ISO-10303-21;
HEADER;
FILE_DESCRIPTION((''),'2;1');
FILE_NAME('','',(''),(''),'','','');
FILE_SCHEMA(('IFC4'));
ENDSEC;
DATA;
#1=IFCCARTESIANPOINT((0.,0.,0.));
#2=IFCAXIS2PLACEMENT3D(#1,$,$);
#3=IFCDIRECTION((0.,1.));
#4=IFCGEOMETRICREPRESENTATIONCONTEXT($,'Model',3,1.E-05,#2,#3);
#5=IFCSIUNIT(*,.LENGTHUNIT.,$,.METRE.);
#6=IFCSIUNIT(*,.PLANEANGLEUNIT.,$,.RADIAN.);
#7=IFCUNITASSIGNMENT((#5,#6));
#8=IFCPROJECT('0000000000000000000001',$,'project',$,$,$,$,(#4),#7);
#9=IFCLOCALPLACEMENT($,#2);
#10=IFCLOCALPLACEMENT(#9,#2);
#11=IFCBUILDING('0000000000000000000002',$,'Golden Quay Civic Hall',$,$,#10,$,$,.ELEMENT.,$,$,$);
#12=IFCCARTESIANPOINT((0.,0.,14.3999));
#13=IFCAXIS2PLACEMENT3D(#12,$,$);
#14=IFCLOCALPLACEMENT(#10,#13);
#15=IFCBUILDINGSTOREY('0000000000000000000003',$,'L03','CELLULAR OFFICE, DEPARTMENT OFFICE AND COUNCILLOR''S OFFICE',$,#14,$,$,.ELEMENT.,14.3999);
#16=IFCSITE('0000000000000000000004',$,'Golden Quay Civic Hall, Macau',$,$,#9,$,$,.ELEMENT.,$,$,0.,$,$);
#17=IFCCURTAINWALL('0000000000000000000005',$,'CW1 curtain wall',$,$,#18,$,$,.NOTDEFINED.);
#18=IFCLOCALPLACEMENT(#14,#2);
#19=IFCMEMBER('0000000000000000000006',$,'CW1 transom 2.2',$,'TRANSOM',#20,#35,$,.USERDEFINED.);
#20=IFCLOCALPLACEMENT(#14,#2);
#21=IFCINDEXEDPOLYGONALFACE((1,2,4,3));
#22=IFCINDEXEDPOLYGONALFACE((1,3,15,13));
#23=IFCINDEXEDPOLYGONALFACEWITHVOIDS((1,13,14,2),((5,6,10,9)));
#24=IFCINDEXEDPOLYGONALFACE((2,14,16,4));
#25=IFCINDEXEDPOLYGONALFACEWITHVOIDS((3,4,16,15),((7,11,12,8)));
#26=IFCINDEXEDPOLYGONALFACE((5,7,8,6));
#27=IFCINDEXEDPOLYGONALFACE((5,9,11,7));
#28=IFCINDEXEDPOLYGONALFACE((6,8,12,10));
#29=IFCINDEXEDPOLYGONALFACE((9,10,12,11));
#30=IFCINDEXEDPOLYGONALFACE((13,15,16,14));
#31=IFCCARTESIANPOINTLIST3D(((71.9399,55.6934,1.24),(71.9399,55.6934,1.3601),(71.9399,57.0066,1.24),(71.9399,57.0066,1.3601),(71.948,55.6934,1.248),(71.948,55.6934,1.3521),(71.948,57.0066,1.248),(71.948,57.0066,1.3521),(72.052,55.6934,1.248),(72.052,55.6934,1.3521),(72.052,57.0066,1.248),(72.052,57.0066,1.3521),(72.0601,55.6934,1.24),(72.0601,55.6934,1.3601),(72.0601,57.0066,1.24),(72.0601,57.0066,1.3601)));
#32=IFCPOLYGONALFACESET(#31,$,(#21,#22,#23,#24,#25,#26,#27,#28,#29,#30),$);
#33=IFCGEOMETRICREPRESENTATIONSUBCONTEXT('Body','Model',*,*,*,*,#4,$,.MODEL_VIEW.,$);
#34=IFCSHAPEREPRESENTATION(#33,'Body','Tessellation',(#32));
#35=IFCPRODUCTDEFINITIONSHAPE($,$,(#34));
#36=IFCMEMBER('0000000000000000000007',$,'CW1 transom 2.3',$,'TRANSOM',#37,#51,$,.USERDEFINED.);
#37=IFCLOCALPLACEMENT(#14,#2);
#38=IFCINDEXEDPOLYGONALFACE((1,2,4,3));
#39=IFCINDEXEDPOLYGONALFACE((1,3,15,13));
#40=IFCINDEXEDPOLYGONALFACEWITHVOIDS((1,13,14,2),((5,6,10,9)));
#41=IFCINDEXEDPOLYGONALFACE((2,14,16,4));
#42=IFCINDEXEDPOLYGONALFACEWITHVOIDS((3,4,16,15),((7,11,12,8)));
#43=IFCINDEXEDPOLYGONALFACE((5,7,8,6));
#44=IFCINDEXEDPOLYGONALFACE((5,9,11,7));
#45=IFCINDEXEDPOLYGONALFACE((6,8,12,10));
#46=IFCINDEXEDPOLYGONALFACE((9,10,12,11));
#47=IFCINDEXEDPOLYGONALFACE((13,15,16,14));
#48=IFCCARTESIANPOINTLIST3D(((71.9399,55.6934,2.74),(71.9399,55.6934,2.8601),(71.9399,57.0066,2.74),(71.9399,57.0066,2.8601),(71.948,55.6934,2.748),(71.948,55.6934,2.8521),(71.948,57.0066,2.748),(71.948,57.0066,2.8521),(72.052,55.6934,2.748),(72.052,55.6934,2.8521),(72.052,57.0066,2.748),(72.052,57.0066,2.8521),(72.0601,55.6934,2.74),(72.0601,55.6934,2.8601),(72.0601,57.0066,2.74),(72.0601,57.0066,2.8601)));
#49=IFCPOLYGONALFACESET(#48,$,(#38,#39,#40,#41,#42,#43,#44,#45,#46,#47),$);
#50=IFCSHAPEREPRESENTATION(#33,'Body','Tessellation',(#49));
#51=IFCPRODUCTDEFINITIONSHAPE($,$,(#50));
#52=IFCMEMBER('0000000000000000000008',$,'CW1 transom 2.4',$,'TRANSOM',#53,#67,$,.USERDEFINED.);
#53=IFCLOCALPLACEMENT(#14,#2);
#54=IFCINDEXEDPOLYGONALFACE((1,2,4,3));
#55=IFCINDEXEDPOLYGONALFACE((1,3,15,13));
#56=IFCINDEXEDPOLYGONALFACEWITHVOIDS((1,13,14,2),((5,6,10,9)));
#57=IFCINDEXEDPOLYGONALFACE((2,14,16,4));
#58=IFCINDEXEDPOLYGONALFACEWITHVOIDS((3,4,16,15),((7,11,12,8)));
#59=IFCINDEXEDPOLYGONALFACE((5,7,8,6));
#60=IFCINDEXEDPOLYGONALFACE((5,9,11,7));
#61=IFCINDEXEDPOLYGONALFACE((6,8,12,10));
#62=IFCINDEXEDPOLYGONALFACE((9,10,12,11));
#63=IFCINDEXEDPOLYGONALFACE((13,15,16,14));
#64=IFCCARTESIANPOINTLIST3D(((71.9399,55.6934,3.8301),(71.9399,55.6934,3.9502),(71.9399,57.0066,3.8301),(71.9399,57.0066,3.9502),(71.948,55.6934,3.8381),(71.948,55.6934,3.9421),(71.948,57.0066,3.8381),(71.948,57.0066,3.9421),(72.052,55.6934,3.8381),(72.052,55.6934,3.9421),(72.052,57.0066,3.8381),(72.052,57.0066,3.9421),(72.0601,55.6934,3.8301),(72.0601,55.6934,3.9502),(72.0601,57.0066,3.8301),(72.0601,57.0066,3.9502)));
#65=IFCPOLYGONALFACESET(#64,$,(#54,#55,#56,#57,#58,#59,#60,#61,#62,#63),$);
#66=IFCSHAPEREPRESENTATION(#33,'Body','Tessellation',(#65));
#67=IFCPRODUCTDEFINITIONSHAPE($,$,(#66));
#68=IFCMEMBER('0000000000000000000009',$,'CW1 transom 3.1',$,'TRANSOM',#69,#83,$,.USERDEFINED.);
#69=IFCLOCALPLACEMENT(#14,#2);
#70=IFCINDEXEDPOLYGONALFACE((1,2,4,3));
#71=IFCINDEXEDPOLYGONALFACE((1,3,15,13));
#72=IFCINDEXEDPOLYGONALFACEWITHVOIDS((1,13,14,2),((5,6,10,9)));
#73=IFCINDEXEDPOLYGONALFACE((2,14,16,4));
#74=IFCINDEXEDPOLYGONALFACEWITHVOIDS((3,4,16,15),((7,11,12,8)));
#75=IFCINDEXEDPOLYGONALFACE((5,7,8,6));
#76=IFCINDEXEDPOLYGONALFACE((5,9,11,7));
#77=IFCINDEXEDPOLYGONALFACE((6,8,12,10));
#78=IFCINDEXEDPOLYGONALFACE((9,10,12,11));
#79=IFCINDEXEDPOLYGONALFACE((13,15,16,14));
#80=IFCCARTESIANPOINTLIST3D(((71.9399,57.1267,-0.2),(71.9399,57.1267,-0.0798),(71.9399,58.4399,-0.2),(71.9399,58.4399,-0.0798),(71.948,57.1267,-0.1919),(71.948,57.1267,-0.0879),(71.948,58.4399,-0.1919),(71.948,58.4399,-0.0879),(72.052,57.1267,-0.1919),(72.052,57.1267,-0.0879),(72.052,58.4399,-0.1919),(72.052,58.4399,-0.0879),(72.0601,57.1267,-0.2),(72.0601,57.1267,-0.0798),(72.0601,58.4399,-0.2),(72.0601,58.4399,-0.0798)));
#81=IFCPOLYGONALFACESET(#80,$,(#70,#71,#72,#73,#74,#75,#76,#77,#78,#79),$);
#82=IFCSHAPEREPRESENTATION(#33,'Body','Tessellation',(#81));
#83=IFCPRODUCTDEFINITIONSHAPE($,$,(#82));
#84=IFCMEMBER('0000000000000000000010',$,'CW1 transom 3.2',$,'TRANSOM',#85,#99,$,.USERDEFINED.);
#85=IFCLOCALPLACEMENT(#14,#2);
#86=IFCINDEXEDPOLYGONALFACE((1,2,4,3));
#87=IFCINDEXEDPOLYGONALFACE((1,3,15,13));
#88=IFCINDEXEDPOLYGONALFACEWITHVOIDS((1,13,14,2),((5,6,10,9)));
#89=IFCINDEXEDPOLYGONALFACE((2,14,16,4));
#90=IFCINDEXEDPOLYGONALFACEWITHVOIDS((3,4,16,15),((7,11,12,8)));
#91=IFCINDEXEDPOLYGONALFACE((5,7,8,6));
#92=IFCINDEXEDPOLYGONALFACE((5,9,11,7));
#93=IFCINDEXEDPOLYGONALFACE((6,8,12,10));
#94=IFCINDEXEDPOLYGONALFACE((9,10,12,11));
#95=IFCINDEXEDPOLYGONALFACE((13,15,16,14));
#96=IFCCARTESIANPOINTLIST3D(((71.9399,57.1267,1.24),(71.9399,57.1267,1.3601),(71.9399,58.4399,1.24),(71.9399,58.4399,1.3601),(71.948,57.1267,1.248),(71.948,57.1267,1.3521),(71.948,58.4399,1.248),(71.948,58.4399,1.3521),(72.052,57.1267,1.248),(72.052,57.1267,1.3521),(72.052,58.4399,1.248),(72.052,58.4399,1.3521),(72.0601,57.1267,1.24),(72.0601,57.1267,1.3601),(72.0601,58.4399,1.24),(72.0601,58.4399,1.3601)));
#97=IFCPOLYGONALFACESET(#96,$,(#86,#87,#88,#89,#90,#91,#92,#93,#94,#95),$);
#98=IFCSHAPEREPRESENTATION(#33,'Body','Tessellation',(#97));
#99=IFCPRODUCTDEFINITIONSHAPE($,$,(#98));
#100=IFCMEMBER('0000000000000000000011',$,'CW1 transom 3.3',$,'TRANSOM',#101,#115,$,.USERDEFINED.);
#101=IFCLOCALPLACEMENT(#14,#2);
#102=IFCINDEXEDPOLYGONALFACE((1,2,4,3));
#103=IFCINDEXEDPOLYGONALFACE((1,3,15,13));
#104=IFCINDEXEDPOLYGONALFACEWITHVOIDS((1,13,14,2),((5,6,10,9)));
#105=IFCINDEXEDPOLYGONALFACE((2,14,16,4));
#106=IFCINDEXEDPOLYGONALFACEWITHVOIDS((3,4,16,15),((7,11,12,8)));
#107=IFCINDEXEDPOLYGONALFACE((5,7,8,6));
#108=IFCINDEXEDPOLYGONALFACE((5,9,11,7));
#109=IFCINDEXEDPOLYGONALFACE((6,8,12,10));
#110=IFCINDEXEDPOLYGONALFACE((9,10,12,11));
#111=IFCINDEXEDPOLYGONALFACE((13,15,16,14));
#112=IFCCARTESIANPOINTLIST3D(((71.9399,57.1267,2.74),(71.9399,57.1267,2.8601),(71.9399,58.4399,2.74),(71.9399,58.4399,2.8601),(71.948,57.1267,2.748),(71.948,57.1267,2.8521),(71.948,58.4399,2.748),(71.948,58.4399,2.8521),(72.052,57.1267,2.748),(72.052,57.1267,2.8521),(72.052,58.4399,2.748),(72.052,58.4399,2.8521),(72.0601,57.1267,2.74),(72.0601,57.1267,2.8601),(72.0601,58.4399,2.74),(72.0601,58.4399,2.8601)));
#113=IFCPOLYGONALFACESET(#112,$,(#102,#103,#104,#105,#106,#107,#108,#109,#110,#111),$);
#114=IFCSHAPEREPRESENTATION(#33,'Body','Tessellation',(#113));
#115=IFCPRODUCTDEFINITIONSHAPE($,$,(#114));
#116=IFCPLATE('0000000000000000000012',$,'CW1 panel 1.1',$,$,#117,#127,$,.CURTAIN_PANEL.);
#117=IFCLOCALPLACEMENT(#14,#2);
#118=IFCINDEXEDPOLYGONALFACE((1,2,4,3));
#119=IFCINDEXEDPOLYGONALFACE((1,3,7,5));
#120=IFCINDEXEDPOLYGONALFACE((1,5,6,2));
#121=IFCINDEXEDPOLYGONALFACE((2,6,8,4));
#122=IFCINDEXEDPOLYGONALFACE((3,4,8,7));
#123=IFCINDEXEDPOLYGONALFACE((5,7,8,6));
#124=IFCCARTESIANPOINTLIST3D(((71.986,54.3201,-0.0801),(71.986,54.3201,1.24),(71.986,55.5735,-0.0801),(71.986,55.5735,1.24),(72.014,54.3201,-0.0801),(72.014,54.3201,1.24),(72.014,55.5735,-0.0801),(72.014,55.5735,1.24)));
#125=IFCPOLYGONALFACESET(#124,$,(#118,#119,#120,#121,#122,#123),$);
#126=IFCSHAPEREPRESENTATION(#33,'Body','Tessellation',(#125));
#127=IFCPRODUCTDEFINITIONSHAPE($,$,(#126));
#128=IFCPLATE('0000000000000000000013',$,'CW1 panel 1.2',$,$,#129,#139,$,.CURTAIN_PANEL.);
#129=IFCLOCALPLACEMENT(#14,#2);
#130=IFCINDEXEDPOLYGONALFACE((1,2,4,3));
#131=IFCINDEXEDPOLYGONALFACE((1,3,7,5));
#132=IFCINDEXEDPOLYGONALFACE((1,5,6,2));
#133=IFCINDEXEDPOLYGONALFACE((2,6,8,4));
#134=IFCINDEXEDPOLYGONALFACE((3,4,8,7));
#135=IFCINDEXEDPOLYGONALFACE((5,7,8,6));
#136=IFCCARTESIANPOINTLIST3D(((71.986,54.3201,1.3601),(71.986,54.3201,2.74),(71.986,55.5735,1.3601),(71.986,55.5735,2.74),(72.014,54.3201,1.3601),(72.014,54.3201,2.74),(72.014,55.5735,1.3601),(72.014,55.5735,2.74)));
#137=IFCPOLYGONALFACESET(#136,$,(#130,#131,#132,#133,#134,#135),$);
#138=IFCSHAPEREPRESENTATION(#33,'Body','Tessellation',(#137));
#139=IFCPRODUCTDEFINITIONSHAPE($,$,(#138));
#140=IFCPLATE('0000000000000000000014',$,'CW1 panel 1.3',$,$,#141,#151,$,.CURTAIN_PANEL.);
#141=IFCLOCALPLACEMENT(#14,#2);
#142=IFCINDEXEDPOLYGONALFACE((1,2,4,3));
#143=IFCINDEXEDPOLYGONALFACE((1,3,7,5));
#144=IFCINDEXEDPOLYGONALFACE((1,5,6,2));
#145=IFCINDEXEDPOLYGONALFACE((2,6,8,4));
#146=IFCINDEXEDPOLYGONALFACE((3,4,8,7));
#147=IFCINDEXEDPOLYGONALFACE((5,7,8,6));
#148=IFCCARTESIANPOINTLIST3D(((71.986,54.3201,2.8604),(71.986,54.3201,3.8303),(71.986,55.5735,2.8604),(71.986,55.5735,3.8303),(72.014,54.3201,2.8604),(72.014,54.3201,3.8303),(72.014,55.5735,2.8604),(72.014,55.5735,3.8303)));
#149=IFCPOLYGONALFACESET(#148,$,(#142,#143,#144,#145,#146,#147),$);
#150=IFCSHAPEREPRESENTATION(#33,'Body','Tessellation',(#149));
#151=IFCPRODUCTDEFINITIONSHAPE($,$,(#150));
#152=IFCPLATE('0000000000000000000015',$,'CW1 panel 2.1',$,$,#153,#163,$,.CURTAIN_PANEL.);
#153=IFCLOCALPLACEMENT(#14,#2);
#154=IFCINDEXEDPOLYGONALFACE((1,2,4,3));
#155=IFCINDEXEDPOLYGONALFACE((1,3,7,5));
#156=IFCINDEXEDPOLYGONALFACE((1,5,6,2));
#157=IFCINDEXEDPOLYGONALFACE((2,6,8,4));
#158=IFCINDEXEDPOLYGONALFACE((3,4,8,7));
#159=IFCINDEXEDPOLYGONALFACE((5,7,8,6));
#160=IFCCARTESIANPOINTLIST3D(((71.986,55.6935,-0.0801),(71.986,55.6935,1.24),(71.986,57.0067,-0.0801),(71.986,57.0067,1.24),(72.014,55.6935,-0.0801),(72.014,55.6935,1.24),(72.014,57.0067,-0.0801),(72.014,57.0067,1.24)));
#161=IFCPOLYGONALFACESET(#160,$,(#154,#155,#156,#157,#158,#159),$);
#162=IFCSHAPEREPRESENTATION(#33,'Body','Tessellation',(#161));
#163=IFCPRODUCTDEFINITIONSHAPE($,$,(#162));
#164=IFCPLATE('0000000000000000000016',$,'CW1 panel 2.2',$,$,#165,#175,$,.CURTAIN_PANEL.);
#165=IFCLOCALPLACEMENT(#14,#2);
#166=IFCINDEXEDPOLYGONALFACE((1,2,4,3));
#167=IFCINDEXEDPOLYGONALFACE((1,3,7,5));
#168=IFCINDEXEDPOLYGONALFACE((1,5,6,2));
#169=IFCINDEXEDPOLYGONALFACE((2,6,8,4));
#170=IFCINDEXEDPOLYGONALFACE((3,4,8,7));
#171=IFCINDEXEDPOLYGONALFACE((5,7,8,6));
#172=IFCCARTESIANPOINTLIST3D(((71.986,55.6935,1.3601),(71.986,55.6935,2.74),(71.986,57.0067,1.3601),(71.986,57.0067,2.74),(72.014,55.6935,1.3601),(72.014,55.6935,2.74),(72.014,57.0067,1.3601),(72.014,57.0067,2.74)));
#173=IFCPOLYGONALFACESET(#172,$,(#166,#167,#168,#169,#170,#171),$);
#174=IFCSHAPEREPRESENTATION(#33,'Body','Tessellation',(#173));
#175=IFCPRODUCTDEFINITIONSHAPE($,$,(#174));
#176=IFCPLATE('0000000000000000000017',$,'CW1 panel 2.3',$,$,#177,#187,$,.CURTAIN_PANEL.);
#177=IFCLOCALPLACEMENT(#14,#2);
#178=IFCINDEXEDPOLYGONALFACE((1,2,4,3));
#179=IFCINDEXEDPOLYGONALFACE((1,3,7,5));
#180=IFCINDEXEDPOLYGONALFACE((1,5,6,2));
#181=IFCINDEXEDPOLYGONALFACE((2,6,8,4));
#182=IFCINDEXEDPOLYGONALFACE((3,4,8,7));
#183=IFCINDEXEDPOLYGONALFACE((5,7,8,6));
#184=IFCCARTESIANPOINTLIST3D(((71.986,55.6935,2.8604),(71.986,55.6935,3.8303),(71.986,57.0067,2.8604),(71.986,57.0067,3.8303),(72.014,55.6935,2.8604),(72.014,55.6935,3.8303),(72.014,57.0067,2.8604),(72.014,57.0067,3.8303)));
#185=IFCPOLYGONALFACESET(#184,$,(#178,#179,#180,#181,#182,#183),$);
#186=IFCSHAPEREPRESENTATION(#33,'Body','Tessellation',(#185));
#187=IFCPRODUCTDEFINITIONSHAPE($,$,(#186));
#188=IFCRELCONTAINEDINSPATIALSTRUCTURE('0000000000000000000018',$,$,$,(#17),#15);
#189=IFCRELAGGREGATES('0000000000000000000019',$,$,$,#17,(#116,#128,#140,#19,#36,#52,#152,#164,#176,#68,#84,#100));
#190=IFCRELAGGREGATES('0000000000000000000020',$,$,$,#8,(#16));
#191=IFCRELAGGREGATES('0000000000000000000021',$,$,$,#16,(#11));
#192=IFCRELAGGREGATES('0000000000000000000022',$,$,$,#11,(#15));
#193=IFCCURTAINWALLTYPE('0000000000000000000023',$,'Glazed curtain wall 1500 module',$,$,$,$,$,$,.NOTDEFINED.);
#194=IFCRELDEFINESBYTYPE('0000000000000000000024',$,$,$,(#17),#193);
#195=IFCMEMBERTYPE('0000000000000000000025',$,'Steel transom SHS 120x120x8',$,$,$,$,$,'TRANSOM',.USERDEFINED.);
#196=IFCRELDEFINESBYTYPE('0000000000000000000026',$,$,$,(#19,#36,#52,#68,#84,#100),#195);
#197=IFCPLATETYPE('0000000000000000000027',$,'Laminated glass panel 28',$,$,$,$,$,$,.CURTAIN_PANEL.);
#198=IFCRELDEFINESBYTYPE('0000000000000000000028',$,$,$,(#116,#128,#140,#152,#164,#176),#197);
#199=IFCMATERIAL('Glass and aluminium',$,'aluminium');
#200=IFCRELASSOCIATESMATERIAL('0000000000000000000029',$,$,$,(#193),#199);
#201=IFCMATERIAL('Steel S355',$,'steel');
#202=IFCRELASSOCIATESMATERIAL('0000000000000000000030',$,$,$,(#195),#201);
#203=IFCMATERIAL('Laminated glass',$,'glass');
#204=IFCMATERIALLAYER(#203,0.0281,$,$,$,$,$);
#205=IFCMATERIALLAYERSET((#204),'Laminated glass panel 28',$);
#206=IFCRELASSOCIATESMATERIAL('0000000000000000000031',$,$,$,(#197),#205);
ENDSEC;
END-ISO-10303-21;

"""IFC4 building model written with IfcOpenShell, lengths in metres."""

from ifc_helpers import new_model, si_unit, direction, frame, origin, origin_2d, place, context, subcontext, project, spatial, rectangle, hollow_rectangle, extrude, material, layer, layer_set, material_profile, profile_set, type_object, element, aggregate, save


model = new_model("IFC4")

# Units and contexts
model_context = context("Model", 3, precision=1e-05, world=origin(), true_north=direction((0.0, 1.0)))
body_context = subcontext(model_context, "Body", "Model", "MODEL_VIEW")
ifc_project = project(units=[si_unit("LENGTHUNIT", "METRE"), si_unit("PLANEANGLEUNIT", "RADIAN")], contexts=[model_context])

# Site, building, storey
site_placement = place(None, origin())
site = spatial("IfcSite", under=ifc_project, at=site_placement, Name="Golden Quay Civic Hall, Macau", CompositionType="ELEMENT", RefElevation=0.0)
building_placement = place(site_placement, origin())
building = spatial("IfcBuilding", under=site, at=building_placement, Name="Golden Quay Civic Hall", CompositionType="ELEMENT")
storey_placement = place(building_placement, frame((0.0, 0.0, 14.3999)))
storey = spatial("IfcBuildingStorey", under=building, at=storey_placement, Name="L03", Description="CELLULAR OFFICE, DEPARTMENT OFFICE AND COUNCILLOR'S OFFICE", CompositionType="ELEMENT", Elevation=14.3999)

# Curtain wall, members, plates
ifc_material_1 = material(Name="Glass and aluminium", Category="aluminium")
curtain_wall_type = type_object("IfcCurtainWallType", Name="Glazed curtain wall 1500 module", PredefinedType="NOTDEFINED", material=ifc_material_1)
curtain_wall_placement = place(storey_placement, origin())
curtain_wall = element("IfcCurtainWall", 1, at=curtain_wall_placement, inside=storey, type_object=curtain_wall_type, Name="CW1 curtain wall", PredefinedType="NOTDEFINED")
ifc_material_2 = material(Name="Steel S355", Category="steel")
ifc_material_profile_1 = material_profile(ifc_material_2, hollow_rectangle(XDim=0.1201, YDim=0.1201, WallThickness=0.0081, at=origin_2d()), Name="SHS 120x120x8")
ifc_profile_set_1 = profile_set([ifc_material_profile_1], Name="Steel S355")
member_type_1 = type_object("IfcMemberType", Name="Steel transom SHS 120x120x8", ElementType="TRANSOM", PredefinedType="USERDEFINED", material=ifc_profile_set_1)
member_1_placement = place(storey_placement, frame((72.0, 55.6934, 1.3), z_axis=(0.0, 1.0, 0.0), x_axis=(-1.0, 0.0, 0.0)))
member_1 = element("IfcMember", 2, at=member_1_placement, type_object=member_type_1, Name="CW1 transom 2.2", ObjectType="TRANSOM", PredefinedType="USERDEFINED", context=body_context, shape_type="SweptSolid", body=[
    extrude(hollow_rectangle(XDim=0.1201, YDim=0.1201, WallThickness=0.0081, at=origin_2d()), origin(), (0.0, 0.0, 1.0), 1.3132),
])
member_2_placement = place(storey_placement, frame((72.0, 55.6934, 2.8), z_axis=(0.0, 1.0, 0.0), x_axis=(-1.0, 0.0, 0.0)))
member_2 = element("IfcMember", 3, at=member_2_placement, type_object=member_type_1, Name="CW1 transom 2.3", ObjectType="TRANSOM", PredefinedType="USERDEFINED", context=body_context, shape_type="SweptSolid", body=[
    extrude(hollow_rectangle(XDim=0.1201, YDim=0.1201, WallThickness=0.0081, at=origin_2d()), origin(), (0.0, 0.0, 1.0), 1.3132),
])
member_3_placement = place(storey_placement, frame((72.0, 55.6934, 3.8901), z_axis=(0.0, 1.0, 0.0), x_axis=(-1.0, 0.0, 0.0)))
member_3 = element("IfcMember", 4, at=member_3_placement, type_object=member_type_1, Name="CW1 transom 2.4", ObjectType="TRANSOM", PredefinedType="USERDEFINED", context=body_context, shape_type="SweptSolid", body=[
    extrude(hollow_rectangle(XDim=0.1201, YDim=0.1201, WallThickness=0.0081, at=origin_2d()), origin(), (0.0, 0.0, 1.0), 1.3132),
])
member_4_placement = place(storey_placement, frame((72.0, 57.1267, -0.1399), z_axis=(0.0, 1.0, 0.0), x_axis=(-1.0, 0.0, 0.0)))
member_4 = element("IfcMember", 5, at=member_4_placement, type_object=member_type_1, Name="CW1 transom 3.1", ObjectType="TRANSOM", PredefinedType="USERDEFINED", context=body_context, shape_type="SweptSolid", body=[
    extrude(hollow_rectangle(XDim=0.1201, YDim=0.1201, WallThickness=0.0081, at=origin_2d()), origin(), (0.0, 0.0, 1.0), 1.3132),
])
member_5_placement = place(storey_placement, frame((72.0, 57.1267, 1.3), z_axis=(0.0, 1.0, 0.0), x_axis=(-1.0, 0.0, 0.0)))
member_5 = element("IfcMember", 6, at=member_5_placement, type_object=member_type_1, Name="CW1 transom 3.2", ObjectType="TRANSOM", PredefinedType="USERDEFINED", context=body_context, shape_type="SweptSolid", body=[
    extrude(hollow_rectangle(XDim=0.1201, YDim=0.1201, WallThickness=0.0081, at=origin_2d()), origin(), (0.0, 0.0, 1.0), 1.3132),
])
member_6_placement = place(storey_placement, frame((72.0, 57.1267, 2.8), z_axis=(0.0, 1.0, 0.0), x_axis=(-1.0, 0.0, 0.0)))
member_6 = element("IfcMember", 7, at=member_6_placement, type_object=member_type_1, Name="CW1 transom 3.3", ObjectType="TRANSOM", PredefinedType="USERDEFINED", context=body_context, shape_type="SweptSolid", body=[
    extrude(hollow_rectangle(XDim=0.1201, YDim=0.1201, WallThickness=0.0081, at=origin_2d()), origin(), (0.0, 0.0, 1.0), 1.3132),
])
ifc_material_3 = material(Name="Laminated glass", Category="glass")
ifc_layer = layer(ifc_material_3, 0.0281)
ifc_layer_set = layer_set([ifc_layer], Name="Laminated glass panel 28")
plate_type = type_object("IfcPlateType", Name="Laminated glass panel 28", PredefinedType="CURTAIN_PANEL", material=ifc_layer_set)
plate_1_placement = place(storey_placement, frame((72.0, 54.9468, -0.0801), z_axis=(0.0, 0.0, 1.0), x_axis=(0.0, 1.0, 0.0)))
plate_1 = element("IfcPlate", 8, at=plate_1_placement, type_object=plate_type, Name="CW1 panel 1.1", PredefinedType="CURTAIN_PANEL", context=body_context, shape_type="SweptSolid", body=[
    extrude(rectangle(XDim=1.2534, YDim=0.0281, at=origin_2d()), origin(), (0.0, 0.0, 1.0), 1.3201),
])
plate_2_placement = place(storey_placement, frame((72.0, 54.9468, 1.3601), z_axis=(0.0, 0.0, 1.0), x_axis=(0.0, 1.0, 0.0)))
plate_2 = element("IfcPlate", 9, at=plate_2_placement, type_object=plate_type, Name="CW1 panel 1.2", PredefinedType="CURTAIN_PANEL", context=body_context, shape_type="SweptSolid", body=[
    extrude(rectangle(XDim=1.2534, YDim=0.0281, at=origin_2d()), origin(), (0.0, 0.0, 1.0), 1.3799),
])
plate_3_placement = place(storey_placement, frame((72.0, 54.9468, 2.8604), z_axis=(0.0, 0.0, 1.0), x_axis=(0.0, 1.0, 0.0)))
plate_3 = element("IfcPlate", 10, at=plate_3_placement, type_object=plate_type, Name="CW1 panel 1.3", PredefinedType="CURTAIN_PANEL", context=body_context, shape_type="SweptSolid", body=[
    extrude(rectangle(XDim=1.2534, YDim=0.0281, at=origin_2d()), origin(), (0.0, 0.0, 1.0), 0.97),
])
plate_4_placement = place(storey_placement, frame((72.0, 56.3501, -0.0801), z_axis=(0.0, 0.0, 1.0), x_axis=(0.0, 1.0, 0.0)))
plate_4 = element("IfcPlate", 11, at=plate_4_placement, type_object=plate_type, Name="CW1 panel 2.1", PredefinedType="CURTAIN_PANEL", context=body_context, shape_type="SweptSolid", body=[
    extrude(rectangle(XDim=1.3132, YDim=0.0281, at=origin_2d()), origin(), (0.0, 0.0, 1.0), 1.3201),
])
plate_5_placement = place(storey_placement, frame((72.0, 56.3501, 1.3601), z_axis=(0.0, 0.0, 1.0), x_axis=(0.0, 1.0, 0.0)))
plate_5 = element("IfcPlate", 12, at=plate_5_placement, type_object=plate_type, Name="CW1 panel 2.2", PredefinedType="CURTAIN_PANEL", context=body_context, shape_type="SweptSolid", body=[
    extrude(rectangle(XDim=1.3132, YDim=0.0281, at=origin_2d()), origin(), (0.0, 0.0, 1.0), 1.3799),
])
plate_6_placement = place(storey_placement, frame((72.0, 56.3501, 2.8604), z_axis=(0.0, 0.0, 1.0), x_axis=(0.0, 1.0, 0.0)))
plate_6 = element("IfcPlate", 13, at=plate_6_placement, type_object=plate_type, Name="CW1 panel 2.3", PredefinedType="CURTAIN_PANEL", context=body_context, shape_type="SweptSolid", body=[
    extrude(rectangle(XDim=1.3132, YDim=0.0281, at=origin_2d()), origin(), (0.0, 0.0, 1.0), 0.97),
])
aggregate(curtain_wall, [plate_1, plate_2, plate_3, member_1, member_2, member_3, plate_4, plate_5, plate_6, member_4, member_5, member_6])

save(model, "model.ifc")
